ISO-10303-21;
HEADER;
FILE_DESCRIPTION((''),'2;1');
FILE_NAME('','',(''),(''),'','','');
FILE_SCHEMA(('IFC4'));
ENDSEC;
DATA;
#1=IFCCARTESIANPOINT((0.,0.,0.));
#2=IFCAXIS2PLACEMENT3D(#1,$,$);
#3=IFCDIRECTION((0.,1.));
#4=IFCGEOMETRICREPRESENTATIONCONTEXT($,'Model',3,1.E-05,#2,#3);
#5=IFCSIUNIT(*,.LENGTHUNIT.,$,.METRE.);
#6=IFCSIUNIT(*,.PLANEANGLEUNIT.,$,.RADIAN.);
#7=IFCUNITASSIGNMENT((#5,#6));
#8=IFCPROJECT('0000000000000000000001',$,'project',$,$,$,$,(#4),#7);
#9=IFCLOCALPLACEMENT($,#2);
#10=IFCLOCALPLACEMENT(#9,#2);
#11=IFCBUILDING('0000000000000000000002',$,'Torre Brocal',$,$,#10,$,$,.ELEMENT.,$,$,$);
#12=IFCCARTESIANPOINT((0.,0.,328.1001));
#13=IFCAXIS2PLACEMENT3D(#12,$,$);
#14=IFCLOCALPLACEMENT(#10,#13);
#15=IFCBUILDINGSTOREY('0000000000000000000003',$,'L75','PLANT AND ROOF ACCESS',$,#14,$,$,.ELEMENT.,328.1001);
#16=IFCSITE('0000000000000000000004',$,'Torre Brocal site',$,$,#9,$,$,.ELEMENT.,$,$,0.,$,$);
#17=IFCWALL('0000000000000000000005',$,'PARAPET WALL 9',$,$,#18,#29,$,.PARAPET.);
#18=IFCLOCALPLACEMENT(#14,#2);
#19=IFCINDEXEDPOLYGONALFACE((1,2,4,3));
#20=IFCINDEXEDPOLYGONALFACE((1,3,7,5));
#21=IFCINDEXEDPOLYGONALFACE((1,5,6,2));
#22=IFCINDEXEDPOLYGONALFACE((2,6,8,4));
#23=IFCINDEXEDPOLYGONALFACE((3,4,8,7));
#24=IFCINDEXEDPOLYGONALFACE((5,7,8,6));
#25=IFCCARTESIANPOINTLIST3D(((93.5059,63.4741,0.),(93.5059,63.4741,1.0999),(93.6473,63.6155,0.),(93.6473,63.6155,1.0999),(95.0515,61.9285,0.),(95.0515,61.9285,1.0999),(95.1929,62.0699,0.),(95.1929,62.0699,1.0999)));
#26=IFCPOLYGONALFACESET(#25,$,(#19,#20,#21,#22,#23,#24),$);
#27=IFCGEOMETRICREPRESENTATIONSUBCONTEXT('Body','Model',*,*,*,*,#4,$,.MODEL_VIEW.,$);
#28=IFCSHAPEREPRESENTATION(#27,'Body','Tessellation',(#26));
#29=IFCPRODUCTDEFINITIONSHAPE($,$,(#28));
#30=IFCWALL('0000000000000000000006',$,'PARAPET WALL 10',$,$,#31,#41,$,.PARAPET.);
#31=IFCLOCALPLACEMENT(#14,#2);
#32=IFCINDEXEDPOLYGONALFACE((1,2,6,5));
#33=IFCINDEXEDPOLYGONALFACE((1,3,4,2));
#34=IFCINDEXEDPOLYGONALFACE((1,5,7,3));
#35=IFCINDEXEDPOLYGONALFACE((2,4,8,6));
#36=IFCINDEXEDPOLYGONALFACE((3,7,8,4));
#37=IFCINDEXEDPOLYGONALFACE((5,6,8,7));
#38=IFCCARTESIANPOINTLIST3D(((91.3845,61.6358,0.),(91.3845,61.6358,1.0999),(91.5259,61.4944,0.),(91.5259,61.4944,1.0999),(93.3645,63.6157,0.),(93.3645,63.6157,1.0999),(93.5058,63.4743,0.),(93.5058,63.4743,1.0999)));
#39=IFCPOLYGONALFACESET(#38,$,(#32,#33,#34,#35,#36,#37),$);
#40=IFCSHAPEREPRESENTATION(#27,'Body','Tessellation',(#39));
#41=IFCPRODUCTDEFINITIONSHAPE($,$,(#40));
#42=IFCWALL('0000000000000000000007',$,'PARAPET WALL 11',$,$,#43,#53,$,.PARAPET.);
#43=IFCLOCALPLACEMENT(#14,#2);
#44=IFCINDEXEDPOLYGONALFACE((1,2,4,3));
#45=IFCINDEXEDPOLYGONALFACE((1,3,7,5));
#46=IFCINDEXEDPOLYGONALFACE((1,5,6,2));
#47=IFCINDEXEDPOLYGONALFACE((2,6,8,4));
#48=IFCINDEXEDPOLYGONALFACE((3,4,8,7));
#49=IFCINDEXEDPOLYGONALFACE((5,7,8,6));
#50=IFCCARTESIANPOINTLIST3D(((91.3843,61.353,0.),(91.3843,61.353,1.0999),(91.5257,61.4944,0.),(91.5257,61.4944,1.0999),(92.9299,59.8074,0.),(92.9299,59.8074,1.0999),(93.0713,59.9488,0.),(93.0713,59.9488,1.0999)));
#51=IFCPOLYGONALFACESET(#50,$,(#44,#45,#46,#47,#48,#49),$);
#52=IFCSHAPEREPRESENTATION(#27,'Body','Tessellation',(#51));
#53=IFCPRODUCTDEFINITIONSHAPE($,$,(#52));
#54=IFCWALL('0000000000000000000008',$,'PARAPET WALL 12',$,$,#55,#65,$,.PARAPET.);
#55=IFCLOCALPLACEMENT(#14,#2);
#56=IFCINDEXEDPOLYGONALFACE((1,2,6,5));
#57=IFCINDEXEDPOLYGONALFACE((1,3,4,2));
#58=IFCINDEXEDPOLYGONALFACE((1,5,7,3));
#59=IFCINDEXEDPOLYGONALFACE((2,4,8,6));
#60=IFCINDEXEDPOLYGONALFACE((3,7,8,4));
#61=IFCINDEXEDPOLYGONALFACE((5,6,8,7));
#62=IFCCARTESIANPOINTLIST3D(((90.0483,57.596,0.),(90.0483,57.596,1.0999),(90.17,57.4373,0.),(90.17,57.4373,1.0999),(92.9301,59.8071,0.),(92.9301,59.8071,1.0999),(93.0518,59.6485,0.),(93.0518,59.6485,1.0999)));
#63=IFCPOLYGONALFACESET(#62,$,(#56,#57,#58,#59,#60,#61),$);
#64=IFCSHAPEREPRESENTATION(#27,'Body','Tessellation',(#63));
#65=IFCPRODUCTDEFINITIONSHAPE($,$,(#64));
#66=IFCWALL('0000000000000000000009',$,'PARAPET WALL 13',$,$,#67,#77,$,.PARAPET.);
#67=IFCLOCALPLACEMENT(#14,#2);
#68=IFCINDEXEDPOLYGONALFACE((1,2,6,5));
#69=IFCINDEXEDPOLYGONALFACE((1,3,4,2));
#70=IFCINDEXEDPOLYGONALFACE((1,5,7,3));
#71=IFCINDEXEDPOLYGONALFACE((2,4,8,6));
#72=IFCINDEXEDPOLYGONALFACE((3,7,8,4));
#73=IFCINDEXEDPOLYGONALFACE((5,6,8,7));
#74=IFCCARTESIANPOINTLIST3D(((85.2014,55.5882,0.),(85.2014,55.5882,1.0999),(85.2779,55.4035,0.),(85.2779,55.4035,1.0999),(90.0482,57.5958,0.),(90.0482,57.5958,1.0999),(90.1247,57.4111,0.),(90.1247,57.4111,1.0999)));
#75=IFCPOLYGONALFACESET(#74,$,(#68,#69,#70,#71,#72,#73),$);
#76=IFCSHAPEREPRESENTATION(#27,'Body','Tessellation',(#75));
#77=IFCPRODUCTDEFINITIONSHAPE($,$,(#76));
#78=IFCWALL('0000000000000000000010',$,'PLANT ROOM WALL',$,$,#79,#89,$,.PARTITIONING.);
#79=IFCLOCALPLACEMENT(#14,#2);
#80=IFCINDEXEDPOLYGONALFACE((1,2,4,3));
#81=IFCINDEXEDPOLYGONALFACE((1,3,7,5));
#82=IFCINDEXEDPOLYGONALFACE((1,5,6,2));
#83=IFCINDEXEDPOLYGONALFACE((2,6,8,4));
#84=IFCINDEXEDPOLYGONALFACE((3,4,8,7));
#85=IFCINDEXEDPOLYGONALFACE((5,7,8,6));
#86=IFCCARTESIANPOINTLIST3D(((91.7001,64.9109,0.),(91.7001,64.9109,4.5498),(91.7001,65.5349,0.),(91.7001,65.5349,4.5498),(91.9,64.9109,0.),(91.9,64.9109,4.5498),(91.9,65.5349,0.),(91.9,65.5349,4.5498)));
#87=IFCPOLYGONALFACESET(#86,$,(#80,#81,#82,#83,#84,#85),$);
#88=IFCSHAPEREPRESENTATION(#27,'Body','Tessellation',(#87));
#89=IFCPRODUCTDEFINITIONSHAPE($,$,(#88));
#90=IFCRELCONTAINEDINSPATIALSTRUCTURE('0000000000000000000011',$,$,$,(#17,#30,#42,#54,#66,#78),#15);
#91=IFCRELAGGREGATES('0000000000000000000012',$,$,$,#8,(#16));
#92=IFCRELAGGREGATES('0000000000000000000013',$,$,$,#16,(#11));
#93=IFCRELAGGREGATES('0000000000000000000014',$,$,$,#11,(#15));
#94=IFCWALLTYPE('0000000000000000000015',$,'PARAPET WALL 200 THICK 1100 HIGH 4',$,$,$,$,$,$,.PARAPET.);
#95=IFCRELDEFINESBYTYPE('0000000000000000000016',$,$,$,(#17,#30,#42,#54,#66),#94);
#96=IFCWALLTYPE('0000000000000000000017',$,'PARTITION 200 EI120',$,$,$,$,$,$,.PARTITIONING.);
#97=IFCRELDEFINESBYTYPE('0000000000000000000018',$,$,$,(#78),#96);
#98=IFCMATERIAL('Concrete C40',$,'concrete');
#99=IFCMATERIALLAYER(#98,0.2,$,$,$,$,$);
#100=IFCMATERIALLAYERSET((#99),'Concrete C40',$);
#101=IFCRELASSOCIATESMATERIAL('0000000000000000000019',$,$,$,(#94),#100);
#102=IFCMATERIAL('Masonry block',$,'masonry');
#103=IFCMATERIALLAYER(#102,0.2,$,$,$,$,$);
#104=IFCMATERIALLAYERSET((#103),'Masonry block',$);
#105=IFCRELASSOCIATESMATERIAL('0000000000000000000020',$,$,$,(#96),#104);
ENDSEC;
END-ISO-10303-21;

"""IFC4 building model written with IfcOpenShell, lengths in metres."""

from ifc_helpers import new_model, si_unit, direction, frame, frame_2d, origin, place, context, subcontext, project, spatial, rectangle, extrude, material, layer, layer_set, type_object, element, save


model = new_model("IFC4")

# Units and contexts
model_context = context("Model", 3, precision=1e-05, world=origin(), true_north=direction((0.0, 1.0)))
body_context = subcontext(model_context, "Body", "Model", "MODEL_VIEW")
ifc_project = project(units=[si_unit("LENGTHUNIT", "METRE"), si_unit("PLANEANGLEUNIT", "RADIAN")], contexts=[model_context])

# Site, building, storey
site_placement = place(None, origin())
site = spatial("IfcSite", under=ifc_project, at=site_placement, Name="Torre Brocal site", CompositionType="ELEMENT", RefElevation=0.0)
building_placement = place(site_placement, origin())
building = spatial("IfcBuilding", under=site, at=building_placement, Name="Torre Brocal", CompositionType="ELEMENT")
storey_placement = place(building_placement, frame((0.0, 0.0, 328.1001)))
storey = spatial("IfcBuildingStorey", under=building, at=storey_placement, Name="L75", Description="PLANT AND ROOF ACCESS", CompositionType="ELEMENT", Elevation=328.1001)

# Walls
ifc_material_1 = material(Name="Concrete C40", Category="concrete")
ifc_layer_1 = layer(ifc_material_1, 0.2)
ifc_layer_set_1 = layer_set([ifc_layer_1], Name="Concrete C40")
wall_type_1 = type_object("IfcWallType", Name="PARAPET WALL 200 THICK 1100 HIGH 4", PredefinedType="PARAPET", material=ifc_layer_set_1)
wall_1_placement = place(storey_placement, frame((95.1221, 61.9993, 0.0), z_axis=(0.0, 0.0, 1.0), x_axis=(-0.707107, 0.707107, 0.0)))
element("IfcWall", 1, at=wall_1_placement, inside=storey, type_object=wall_type_1, Name="PARAPET WALL 9", PredefinedType="PARAPET", context=body_context, shape_type="SweptSolid", body=[
    extrude(rectangle(XDim=2.1858, YDim=0.2, at=frame_2d((1.0928, 0.0))), origin(), (0.0, 0.0, 1.0), 1.0999),
])
wall_2_placement = place(storey_placement, frame((93.4351, 63.5449, 0.0), z_axis=(0.0, 0.0, 1.0), x_axis=(-0.707107, -0.707107, 0.0)))
element("IfcWall", 2, at=wall_2_placement, inside=storey, type_object=wall_type_1, Name="PARAPET WALL 10", PredefinedType="PARAPET", context=body_context, shape_type="SweptSolid", body=[
    extrude(rectangle(XDim=2.8, YDim=0.2, at=frame_2d((1.3999, 0.0))), origin(), (0.0, 0.0, 1.0), 1.0999),
])
wall_3_placement = place(storey_placement, frame((91.4551, 61.4236, 0.0), z_axis=(0.0, 0.0, 1.0), x_axis=(0.707107, -0.707107, 0.0)))
element("IfcWall", 3, at=wall_3_placement, inside=storey, type_object=wall_type_1, Name="PARAPET WALL 11", PredefinedType="PARAPET", context=body_context, shape_type="SweptSolid", body=[
    extrude(rectangle(XDim=2.1858, YDim=0.2, at=frame_2d((1.0928, 0.0))), origin(), (0.0, 0.0, 1.0), 1.0999),
])
wall_4_placement = place(storey_placement, frame((92.991, 59.7278, 0.0), z_axis=(0.0, 0.0, 1.0), x_axis=(-0.79337, -0.608739, 0.0)))
element("IfcWall", 4, at=wall_4_placement, inside=storey, type_object=wall_type_1, Name="PARAPET WALL 12", PredefinedType="PARAPET", context=body_context, shape_type="SweptSolid", body=[
    extrude(rectangle(XDim=3.6323, YDim=0.2, at=frame_2d((1.8162, 0.0))), origin(), (0.0, 0.0, 1.0), 1.0999),
])
wall_5_placement = place(storey_placement, frame((90.0864, 57.5034, 0.0), z_axis=(0.0, 0.0, 1.0), x_axis=(-0.923879, -0.382685, 0.0)))
element("IfcWall", 5, at=wall_5_placement, inside=storey, type_object=wall_type_1, Name="PARAPET WALL 13", PredefinedType="PARAPET", context=body_context, shape_type="SweptSolid", body=[
    extrude(rectangle(XDim=5.2461, YDim=0.2, at=frame_2d((2.623, 0.0))), origin(), (0.0, 0.0, 1.0), 1.0999),
])
ifc_material_2 = material(Name="Masonry block", Category="masonry")
ifc_layer_2 = layer(ifc_material_2, 0.2)
ifc_layer_set_2 = layer_set([ifc_layer_2], Name="Masonry block")
wall_type_2 = type_object("IfcWallType", Name="PARTITION 200 EI120", PredefinedType="PARTITIONING", material=ifc_layer_set_2)
wall_6_placement = place(storey_placement, frame((91.8, 64.9109, 0.0), z_axis=(0.0, 0.0, 1.0), x_axis=(0.0, 1.0, 0.0)))
element("IfcWall", 6, at=wall_6_placement, inside=storey, type_object=wall_type_2, Name="PLANT ROOM WALL", PredefinedType="PARTITIONING", context=body_context, shape_type="SweptSolid", body=[
    extrude(rectangle(XDim=0.624, YDim=0.2, at=frame_2d((0.312, 0.0))), origin(), (0.0, 0.0, 1.0), 4.5498),
])

save(model, "model.ifc")
